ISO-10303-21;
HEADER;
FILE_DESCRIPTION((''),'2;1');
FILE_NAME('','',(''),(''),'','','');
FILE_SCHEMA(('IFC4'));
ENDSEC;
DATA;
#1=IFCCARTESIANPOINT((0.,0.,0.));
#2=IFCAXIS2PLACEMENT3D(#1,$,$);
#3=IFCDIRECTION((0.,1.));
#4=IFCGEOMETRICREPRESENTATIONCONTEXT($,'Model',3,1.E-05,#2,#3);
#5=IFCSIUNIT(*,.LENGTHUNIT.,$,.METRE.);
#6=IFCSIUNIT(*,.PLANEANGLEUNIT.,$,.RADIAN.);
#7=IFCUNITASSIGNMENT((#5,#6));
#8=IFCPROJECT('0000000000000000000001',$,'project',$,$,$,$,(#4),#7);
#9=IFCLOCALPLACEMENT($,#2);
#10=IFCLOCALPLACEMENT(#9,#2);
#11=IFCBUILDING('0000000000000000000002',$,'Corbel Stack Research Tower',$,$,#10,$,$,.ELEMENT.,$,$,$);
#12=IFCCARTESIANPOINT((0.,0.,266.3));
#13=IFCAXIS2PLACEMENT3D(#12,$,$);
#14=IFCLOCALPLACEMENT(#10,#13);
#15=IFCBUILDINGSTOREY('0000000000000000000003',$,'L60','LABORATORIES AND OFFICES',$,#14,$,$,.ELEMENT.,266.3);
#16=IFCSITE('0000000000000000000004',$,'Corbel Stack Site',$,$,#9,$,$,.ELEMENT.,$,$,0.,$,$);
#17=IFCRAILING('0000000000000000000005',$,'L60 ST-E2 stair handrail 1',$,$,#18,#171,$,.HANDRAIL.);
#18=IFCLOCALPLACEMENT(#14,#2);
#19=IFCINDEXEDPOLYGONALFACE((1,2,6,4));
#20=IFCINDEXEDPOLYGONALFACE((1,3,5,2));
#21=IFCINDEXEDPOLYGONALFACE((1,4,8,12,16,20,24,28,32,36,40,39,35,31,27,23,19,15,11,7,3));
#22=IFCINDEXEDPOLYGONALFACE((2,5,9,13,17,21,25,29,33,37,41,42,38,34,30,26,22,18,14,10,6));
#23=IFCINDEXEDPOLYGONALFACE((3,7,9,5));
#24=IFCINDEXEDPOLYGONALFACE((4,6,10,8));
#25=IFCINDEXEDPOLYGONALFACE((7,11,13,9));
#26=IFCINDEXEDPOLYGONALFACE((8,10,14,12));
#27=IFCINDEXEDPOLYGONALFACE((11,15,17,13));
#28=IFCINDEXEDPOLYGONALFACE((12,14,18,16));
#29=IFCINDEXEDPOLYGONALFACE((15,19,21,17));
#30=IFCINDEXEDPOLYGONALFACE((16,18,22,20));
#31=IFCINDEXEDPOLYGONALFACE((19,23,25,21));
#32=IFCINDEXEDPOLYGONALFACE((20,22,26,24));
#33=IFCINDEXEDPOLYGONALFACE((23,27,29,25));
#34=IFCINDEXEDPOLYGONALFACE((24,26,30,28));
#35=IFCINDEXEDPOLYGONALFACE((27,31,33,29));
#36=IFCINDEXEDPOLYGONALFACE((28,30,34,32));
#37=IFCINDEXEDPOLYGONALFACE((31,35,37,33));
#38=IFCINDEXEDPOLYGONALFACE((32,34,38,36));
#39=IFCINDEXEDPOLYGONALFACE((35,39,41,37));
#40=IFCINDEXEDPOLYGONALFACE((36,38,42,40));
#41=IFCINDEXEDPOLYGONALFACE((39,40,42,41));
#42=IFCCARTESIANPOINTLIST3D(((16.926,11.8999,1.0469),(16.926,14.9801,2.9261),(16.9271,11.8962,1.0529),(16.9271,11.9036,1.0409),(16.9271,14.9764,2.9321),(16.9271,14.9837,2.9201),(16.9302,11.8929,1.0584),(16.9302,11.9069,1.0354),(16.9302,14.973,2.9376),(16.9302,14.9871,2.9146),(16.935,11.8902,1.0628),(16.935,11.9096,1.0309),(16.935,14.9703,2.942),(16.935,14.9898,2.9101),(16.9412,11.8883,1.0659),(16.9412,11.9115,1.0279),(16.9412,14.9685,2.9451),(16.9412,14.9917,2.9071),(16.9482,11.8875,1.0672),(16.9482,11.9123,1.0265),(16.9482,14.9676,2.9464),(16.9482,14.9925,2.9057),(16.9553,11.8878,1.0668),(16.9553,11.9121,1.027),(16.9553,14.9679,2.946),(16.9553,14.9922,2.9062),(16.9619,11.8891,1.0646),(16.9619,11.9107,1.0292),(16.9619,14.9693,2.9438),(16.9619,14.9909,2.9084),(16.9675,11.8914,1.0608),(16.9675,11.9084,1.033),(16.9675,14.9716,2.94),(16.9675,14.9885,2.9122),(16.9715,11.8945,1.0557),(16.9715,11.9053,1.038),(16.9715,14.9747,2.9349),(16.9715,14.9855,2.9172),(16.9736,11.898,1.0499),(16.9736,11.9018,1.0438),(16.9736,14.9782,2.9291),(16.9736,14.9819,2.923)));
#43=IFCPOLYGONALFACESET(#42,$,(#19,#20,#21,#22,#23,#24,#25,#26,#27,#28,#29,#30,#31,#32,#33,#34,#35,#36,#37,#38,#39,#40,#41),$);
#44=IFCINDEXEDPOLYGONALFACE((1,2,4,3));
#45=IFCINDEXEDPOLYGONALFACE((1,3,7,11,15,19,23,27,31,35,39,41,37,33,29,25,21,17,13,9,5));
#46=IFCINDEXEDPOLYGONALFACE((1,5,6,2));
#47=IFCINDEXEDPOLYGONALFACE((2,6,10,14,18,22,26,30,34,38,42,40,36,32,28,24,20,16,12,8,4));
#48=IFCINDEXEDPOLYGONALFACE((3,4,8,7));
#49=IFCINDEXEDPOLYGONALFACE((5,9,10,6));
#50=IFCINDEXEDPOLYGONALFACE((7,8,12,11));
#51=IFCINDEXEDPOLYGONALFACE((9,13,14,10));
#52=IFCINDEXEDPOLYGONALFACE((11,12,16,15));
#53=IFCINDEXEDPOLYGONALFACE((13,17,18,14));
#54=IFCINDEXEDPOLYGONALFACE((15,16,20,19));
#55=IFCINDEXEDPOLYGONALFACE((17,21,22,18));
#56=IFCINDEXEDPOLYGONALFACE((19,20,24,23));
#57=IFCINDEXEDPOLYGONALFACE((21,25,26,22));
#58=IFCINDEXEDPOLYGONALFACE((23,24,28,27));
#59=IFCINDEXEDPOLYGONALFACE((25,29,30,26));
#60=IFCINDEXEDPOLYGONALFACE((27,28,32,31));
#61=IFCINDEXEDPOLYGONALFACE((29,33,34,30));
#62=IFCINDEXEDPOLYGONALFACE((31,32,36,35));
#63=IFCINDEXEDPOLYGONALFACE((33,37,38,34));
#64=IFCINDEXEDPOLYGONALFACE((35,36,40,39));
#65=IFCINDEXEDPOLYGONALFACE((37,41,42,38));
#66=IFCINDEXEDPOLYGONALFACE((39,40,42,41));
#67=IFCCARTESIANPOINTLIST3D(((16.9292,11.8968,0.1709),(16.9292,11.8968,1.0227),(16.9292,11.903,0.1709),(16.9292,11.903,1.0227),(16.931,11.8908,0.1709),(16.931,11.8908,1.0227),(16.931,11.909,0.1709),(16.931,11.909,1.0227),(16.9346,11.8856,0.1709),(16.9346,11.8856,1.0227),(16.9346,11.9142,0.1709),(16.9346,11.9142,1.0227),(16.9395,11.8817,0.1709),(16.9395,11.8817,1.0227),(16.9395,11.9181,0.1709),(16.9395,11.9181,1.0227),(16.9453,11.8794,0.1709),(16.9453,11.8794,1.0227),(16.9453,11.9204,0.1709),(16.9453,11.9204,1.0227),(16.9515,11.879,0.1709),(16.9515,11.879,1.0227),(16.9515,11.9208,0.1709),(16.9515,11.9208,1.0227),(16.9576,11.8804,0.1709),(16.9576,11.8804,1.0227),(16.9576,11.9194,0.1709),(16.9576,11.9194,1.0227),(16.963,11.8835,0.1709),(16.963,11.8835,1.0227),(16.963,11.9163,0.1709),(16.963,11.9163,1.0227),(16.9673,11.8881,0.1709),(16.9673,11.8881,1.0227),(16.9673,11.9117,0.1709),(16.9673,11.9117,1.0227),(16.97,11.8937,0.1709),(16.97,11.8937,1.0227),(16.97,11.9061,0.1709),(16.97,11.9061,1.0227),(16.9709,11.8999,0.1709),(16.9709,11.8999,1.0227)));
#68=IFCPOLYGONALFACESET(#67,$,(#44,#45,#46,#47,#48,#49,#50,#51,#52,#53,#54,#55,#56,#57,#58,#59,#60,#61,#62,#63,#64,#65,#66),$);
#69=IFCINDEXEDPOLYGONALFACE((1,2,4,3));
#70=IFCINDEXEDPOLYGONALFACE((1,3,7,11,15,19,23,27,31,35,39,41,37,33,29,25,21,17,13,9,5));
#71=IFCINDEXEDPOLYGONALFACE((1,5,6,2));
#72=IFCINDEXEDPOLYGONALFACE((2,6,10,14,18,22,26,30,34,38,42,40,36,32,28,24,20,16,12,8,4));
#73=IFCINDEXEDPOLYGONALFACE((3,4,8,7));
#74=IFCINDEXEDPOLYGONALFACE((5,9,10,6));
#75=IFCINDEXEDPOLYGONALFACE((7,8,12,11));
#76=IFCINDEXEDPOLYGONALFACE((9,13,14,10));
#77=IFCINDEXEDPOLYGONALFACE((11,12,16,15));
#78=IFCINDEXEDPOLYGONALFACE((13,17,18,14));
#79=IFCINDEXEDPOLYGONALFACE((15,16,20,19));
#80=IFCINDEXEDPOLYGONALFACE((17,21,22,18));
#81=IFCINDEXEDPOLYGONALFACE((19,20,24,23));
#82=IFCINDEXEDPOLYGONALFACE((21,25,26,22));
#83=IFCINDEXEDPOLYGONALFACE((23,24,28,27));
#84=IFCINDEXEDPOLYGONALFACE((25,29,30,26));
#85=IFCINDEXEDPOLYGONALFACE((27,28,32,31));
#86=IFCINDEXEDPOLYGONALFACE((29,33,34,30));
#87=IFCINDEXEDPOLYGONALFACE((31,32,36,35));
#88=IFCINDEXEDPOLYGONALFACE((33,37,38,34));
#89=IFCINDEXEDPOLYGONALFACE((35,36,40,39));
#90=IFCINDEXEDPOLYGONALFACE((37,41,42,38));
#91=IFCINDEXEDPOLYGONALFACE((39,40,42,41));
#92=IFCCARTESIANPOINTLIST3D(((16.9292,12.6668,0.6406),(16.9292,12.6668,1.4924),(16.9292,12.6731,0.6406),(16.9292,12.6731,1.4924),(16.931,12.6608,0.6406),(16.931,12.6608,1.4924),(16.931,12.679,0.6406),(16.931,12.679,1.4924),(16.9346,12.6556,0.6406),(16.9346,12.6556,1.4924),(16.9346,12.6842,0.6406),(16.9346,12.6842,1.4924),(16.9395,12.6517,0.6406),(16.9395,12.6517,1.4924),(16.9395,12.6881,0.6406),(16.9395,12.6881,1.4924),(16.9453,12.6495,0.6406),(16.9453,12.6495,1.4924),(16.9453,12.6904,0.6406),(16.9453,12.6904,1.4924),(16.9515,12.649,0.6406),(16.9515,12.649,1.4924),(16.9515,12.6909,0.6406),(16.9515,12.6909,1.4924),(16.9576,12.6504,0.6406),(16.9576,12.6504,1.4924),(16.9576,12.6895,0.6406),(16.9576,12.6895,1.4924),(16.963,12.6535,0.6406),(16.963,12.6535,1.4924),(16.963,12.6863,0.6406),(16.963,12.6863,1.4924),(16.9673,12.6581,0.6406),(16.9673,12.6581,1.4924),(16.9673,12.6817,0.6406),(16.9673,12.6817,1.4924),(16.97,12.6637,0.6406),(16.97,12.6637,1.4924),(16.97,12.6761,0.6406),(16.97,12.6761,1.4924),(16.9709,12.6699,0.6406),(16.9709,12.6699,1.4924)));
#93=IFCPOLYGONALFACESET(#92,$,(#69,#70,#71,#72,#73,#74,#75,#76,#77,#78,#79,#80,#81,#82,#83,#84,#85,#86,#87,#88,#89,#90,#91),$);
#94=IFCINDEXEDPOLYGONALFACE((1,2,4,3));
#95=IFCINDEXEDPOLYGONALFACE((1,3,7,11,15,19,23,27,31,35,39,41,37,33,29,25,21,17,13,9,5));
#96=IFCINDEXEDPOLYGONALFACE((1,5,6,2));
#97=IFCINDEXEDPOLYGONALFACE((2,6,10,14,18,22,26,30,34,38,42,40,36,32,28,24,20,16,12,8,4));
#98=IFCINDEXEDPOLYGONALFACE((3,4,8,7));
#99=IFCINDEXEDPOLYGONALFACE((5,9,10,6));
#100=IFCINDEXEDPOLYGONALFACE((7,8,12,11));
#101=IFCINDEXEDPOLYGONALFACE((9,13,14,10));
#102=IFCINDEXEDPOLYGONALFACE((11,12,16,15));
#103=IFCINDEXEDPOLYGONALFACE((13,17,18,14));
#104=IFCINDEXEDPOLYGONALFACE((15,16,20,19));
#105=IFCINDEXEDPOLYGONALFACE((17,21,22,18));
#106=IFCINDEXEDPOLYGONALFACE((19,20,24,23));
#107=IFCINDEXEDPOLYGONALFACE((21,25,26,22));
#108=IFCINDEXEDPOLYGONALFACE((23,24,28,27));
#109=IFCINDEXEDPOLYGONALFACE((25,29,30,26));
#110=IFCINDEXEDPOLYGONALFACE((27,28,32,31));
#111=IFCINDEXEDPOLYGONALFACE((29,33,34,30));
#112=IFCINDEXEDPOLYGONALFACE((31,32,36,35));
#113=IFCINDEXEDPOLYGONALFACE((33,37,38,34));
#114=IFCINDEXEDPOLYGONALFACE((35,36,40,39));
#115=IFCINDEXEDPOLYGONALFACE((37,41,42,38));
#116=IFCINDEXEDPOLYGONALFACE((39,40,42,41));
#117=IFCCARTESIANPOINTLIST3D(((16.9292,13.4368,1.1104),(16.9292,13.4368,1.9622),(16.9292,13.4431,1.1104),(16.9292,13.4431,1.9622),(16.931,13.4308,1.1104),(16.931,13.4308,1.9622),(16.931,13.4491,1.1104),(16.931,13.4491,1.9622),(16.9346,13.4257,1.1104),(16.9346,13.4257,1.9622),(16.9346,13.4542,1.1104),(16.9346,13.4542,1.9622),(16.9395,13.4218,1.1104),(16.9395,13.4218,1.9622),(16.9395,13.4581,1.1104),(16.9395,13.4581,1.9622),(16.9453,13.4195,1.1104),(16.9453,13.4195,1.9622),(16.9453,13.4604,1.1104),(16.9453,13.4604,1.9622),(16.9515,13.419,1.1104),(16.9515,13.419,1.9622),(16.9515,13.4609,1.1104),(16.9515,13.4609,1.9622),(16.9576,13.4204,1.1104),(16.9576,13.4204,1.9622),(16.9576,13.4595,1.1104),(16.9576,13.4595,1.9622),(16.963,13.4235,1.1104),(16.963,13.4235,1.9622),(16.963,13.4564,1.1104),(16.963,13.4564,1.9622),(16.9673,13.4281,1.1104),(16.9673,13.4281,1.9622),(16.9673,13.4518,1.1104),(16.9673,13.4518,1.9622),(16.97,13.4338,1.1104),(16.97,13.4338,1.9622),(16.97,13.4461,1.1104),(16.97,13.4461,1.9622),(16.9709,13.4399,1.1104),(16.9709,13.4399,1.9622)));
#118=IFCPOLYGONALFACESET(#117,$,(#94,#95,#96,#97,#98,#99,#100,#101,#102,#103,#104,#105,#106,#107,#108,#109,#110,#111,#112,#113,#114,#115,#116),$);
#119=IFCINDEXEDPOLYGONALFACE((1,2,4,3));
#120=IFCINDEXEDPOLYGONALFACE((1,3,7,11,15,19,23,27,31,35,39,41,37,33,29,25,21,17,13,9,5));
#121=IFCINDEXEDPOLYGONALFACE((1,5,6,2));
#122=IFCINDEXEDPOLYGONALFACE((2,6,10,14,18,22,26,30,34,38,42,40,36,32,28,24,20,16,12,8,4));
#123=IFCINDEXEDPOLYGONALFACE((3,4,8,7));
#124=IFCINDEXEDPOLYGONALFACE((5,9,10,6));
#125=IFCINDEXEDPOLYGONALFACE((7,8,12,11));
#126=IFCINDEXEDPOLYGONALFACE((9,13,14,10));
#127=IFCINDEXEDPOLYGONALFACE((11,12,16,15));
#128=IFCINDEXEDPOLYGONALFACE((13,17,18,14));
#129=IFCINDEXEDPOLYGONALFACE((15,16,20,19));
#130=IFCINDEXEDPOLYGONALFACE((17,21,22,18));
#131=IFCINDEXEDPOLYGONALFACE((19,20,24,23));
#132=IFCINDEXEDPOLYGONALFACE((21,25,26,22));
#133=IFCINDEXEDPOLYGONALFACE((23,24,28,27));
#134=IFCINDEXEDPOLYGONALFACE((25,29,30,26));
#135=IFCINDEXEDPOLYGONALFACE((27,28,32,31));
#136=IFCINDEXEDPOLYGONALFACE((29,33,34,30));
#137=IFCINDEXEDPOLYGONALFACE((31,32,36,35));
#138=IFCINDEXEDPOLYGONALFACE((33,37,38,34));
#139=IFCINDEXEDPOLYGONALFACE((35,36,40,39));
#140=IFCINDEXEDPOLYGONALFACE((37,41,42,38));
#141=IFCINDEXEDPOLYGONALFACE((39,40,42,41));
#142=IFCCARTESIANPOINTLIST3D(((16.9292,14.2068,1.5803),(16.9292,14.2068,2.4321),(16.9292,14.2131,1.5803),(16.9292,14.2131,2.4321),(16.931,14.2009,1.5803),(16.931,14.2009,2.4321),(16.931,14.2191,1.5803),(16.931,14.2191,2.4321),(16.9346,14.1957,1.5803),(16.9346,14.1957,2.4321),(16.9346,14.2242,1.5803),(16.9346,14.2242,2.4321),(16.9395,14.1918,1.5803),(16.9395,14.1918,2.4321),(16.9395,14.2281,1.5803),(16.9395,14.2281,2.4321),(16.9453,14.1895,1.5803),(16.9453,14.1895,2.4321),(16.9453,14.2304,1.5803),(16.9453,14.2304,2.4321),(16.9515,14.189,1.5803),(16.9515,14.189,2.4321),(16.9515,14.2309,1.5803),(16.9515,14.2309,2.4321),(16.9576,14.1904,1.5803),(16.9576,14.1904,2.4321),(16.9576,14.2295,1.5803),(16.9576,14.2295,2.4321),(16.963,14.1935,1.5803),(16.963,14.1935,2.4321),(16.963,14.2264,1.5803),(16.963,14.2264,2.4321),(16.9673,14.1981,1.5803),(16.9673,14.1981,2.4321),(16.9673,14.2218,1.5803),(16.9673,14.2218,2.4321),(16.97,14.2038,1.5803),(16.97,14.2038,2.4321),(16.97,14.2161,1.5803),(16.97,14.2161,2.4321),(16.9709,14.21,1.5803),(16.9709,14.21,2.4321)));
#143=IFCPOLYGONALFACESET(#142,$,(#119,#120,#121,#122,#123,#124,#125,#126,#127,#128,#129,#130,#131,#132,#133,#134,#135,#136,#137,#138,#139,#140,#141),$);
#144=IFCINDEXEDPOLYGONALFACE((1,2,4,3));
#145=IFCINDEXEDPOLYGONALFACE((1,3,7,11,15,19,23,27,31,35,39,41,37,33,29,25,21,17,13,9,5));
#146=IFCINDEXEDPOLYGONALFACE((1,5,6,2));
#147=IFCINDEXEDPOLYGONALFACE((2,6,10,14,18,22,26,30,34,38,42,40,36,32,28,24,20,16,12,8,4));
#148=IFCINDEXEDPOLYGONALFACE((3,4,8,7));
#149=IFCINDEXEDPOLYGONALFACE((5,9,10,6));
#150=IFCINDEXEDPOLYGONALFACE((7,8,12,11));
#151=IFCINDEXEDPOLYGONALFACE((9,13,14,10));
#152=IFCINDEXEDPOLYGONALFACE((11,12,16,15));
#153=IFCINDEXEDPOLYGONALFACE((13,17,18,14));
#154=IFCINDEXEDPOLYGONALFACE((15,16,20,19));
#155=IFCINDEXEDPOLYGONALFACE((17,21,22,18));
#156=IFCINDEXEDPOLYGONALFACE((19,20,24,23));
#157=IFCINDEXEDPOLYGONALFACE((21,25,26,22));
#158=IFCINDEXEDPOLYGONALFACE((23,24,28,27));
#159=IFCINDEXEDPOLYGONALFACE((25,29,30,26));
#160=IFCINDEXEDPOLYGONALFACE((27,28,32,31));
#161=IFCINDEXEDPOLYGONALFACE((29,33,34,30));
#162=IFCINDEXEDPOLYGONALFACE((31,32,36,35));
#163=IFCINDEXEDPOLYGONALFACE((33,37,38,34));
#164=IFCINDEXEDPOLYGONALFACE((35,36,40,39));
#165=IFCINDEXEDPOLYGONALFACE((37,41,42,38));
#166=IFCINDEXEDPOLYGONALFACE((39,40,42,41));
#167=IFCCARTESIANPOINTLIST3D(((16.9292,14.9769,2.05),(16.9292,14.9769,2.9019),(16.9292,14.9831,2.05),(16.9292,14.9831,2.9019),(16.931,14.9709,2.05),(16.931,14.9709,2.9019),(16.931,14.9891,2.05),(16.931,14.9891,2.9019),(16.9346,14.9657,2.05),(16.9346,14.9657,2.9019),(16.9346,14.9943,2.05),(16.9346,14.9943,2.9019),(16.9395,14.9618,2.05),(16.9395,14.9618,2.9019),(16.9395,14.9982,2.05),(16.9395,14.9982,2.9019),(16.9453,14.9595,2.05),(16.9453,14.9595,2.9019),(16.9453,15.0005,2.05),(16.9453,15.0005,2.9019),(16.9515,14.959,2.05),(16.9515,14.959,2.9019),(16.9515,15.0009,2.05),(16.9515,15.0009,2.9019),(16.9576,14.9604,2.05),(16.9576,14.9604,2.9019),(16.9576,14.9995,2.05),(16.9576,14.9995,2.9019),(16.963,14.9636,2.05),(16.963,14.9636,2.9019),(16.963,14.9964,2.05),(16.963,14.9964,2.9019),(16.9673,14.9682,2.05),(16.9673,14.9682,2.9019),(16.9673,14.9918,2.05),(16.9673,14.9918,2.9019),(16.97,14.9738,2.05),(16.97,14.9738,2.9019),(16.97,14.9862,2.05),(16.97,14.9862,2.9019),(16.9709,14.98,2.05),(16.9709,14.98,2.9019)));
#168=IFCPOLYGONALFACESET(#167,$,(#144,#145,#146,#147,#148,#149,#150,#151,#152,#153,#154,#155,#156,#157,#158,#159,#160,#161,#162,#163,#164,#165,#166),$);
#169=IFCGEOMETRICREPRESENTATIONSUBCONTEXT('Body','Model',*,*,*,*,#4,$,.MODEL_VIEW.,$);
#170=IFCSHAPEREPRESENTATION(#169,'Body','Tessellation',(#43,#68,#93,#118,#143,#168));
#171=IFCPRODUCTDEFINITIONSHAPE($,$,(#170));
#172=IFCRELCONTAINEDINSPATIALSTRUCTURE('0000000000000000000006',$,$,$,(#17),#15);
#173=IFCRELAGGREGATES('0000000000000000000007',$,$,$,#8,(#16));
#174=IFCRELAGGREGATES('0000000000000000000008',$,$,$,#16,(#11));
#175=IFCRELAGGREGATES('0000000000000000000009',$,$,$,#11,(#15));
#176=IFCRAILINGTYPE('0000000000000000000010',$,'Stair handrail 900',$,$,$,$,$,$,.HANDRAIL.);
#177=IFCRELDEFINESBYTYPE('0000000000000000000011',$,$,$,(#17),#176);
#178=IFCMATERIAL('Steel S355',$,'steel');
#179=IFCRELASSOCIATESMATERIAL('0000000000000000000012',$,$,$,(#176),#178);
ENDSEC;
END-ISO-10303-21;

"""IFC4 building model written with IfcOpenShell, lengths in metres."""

from ifc_helpers import new_model, si_unit, direction, frame, origin, origin_2d, place, context, subcontext, project, spatial, circle, extrude, material, type_object, element, save


model = new_model("IFC4")

# Units and contexts
model_context = context("Model", 3, precision=1e-05, world=origin(), true_north=direction((0.0, 1.0)))
body_context = subcontext(model_context, "Body", "Model", "MODEL_VIEW")
ifc_project = project(units=[si_unit("LENGTHUNIT", "METRE"), si_unit("PLANEANGLEUNIT", "RADIAN")], contexts=[model_context])

# Site, building, storey
site_placement = place(None, origin())
site = spatial("IfcSite", under=ifc_project, at=site_placement, Name="Corbel Stack Site", CompositionType="ELEMENT", RefElevation=0.0)
building_placement = place(site_placement, origin())
building = spatial("IfcBuilding", under=site, at=building_placement, Name="Corbel Stack Research Tower", CompositionType="ELEMENT")
storey_placement = place(building_placement, frame((0.0, 0.0, 266.3)))
storey = spatial("IfcBuildingStorey", under=building, at=storey_placement, Name="L60", Description="LABORATORIES AND OFFICES", CompositionType="ELEMENT", Elevation=266.3)

# Railing
ifc_material_1 = material(Name="Steel S355", Category="steel")
railing_type_1 = type_object("IfcRailingType", Name="Stair handrail 900", PredefinedType="HANDRAIL", material=ifc_material_1)
railing_1_placement = place(storey_placement, frame((16.95, 11.8999, 0.1709)))
element("IfcRailing", 1, at=railing_1_placement, inside=storey, type_object=railing_type_1, Name="L60 ST-E2 stair handrail 1", PredefinedType="HANDRAIL", context=body_context, shape_type="SweptSolid", body=[
    extrude(circle(Radius=0.0239, at=origin_2d()), frame((0.0, 0.0, 0.876), z_axis=(0.0, 0.853666, 0.52082), x_axis=(-1.0, 0.0, 0.0)), (0.0, 0.0, 1.0), 3.6082),
    extrude(circle(Radius=0.021, at=origin_2d()), origin(), (0.0, 0.0, 1.0), 0.8518),
    extrude(circle(Radius=0.021, at=origin_2d()), frame((0.0, 0.77, 0.4697)), (0.0, 0.0, 1.0), 0.8518),
    extrude(circle(Radius=0.021, at=origin_2d()), frame((0.0, 1.54, 0.9395)), (0.0, 0.0, 1.0), 0.8518),
    extrude(circle(Radius=0.021, at=origin_2d()), frame((0.0, 2.3101, 1.4094)), (0.0, 0.0, 1.0), 0.8518),
    extrude(circle(Radius=0.021, at=origin_2d()), frame((0.0, 3.0801, 1.8792)), (0.0, 0.0, 1.0), 0.8518),
])

save(model, "model.ifc")
